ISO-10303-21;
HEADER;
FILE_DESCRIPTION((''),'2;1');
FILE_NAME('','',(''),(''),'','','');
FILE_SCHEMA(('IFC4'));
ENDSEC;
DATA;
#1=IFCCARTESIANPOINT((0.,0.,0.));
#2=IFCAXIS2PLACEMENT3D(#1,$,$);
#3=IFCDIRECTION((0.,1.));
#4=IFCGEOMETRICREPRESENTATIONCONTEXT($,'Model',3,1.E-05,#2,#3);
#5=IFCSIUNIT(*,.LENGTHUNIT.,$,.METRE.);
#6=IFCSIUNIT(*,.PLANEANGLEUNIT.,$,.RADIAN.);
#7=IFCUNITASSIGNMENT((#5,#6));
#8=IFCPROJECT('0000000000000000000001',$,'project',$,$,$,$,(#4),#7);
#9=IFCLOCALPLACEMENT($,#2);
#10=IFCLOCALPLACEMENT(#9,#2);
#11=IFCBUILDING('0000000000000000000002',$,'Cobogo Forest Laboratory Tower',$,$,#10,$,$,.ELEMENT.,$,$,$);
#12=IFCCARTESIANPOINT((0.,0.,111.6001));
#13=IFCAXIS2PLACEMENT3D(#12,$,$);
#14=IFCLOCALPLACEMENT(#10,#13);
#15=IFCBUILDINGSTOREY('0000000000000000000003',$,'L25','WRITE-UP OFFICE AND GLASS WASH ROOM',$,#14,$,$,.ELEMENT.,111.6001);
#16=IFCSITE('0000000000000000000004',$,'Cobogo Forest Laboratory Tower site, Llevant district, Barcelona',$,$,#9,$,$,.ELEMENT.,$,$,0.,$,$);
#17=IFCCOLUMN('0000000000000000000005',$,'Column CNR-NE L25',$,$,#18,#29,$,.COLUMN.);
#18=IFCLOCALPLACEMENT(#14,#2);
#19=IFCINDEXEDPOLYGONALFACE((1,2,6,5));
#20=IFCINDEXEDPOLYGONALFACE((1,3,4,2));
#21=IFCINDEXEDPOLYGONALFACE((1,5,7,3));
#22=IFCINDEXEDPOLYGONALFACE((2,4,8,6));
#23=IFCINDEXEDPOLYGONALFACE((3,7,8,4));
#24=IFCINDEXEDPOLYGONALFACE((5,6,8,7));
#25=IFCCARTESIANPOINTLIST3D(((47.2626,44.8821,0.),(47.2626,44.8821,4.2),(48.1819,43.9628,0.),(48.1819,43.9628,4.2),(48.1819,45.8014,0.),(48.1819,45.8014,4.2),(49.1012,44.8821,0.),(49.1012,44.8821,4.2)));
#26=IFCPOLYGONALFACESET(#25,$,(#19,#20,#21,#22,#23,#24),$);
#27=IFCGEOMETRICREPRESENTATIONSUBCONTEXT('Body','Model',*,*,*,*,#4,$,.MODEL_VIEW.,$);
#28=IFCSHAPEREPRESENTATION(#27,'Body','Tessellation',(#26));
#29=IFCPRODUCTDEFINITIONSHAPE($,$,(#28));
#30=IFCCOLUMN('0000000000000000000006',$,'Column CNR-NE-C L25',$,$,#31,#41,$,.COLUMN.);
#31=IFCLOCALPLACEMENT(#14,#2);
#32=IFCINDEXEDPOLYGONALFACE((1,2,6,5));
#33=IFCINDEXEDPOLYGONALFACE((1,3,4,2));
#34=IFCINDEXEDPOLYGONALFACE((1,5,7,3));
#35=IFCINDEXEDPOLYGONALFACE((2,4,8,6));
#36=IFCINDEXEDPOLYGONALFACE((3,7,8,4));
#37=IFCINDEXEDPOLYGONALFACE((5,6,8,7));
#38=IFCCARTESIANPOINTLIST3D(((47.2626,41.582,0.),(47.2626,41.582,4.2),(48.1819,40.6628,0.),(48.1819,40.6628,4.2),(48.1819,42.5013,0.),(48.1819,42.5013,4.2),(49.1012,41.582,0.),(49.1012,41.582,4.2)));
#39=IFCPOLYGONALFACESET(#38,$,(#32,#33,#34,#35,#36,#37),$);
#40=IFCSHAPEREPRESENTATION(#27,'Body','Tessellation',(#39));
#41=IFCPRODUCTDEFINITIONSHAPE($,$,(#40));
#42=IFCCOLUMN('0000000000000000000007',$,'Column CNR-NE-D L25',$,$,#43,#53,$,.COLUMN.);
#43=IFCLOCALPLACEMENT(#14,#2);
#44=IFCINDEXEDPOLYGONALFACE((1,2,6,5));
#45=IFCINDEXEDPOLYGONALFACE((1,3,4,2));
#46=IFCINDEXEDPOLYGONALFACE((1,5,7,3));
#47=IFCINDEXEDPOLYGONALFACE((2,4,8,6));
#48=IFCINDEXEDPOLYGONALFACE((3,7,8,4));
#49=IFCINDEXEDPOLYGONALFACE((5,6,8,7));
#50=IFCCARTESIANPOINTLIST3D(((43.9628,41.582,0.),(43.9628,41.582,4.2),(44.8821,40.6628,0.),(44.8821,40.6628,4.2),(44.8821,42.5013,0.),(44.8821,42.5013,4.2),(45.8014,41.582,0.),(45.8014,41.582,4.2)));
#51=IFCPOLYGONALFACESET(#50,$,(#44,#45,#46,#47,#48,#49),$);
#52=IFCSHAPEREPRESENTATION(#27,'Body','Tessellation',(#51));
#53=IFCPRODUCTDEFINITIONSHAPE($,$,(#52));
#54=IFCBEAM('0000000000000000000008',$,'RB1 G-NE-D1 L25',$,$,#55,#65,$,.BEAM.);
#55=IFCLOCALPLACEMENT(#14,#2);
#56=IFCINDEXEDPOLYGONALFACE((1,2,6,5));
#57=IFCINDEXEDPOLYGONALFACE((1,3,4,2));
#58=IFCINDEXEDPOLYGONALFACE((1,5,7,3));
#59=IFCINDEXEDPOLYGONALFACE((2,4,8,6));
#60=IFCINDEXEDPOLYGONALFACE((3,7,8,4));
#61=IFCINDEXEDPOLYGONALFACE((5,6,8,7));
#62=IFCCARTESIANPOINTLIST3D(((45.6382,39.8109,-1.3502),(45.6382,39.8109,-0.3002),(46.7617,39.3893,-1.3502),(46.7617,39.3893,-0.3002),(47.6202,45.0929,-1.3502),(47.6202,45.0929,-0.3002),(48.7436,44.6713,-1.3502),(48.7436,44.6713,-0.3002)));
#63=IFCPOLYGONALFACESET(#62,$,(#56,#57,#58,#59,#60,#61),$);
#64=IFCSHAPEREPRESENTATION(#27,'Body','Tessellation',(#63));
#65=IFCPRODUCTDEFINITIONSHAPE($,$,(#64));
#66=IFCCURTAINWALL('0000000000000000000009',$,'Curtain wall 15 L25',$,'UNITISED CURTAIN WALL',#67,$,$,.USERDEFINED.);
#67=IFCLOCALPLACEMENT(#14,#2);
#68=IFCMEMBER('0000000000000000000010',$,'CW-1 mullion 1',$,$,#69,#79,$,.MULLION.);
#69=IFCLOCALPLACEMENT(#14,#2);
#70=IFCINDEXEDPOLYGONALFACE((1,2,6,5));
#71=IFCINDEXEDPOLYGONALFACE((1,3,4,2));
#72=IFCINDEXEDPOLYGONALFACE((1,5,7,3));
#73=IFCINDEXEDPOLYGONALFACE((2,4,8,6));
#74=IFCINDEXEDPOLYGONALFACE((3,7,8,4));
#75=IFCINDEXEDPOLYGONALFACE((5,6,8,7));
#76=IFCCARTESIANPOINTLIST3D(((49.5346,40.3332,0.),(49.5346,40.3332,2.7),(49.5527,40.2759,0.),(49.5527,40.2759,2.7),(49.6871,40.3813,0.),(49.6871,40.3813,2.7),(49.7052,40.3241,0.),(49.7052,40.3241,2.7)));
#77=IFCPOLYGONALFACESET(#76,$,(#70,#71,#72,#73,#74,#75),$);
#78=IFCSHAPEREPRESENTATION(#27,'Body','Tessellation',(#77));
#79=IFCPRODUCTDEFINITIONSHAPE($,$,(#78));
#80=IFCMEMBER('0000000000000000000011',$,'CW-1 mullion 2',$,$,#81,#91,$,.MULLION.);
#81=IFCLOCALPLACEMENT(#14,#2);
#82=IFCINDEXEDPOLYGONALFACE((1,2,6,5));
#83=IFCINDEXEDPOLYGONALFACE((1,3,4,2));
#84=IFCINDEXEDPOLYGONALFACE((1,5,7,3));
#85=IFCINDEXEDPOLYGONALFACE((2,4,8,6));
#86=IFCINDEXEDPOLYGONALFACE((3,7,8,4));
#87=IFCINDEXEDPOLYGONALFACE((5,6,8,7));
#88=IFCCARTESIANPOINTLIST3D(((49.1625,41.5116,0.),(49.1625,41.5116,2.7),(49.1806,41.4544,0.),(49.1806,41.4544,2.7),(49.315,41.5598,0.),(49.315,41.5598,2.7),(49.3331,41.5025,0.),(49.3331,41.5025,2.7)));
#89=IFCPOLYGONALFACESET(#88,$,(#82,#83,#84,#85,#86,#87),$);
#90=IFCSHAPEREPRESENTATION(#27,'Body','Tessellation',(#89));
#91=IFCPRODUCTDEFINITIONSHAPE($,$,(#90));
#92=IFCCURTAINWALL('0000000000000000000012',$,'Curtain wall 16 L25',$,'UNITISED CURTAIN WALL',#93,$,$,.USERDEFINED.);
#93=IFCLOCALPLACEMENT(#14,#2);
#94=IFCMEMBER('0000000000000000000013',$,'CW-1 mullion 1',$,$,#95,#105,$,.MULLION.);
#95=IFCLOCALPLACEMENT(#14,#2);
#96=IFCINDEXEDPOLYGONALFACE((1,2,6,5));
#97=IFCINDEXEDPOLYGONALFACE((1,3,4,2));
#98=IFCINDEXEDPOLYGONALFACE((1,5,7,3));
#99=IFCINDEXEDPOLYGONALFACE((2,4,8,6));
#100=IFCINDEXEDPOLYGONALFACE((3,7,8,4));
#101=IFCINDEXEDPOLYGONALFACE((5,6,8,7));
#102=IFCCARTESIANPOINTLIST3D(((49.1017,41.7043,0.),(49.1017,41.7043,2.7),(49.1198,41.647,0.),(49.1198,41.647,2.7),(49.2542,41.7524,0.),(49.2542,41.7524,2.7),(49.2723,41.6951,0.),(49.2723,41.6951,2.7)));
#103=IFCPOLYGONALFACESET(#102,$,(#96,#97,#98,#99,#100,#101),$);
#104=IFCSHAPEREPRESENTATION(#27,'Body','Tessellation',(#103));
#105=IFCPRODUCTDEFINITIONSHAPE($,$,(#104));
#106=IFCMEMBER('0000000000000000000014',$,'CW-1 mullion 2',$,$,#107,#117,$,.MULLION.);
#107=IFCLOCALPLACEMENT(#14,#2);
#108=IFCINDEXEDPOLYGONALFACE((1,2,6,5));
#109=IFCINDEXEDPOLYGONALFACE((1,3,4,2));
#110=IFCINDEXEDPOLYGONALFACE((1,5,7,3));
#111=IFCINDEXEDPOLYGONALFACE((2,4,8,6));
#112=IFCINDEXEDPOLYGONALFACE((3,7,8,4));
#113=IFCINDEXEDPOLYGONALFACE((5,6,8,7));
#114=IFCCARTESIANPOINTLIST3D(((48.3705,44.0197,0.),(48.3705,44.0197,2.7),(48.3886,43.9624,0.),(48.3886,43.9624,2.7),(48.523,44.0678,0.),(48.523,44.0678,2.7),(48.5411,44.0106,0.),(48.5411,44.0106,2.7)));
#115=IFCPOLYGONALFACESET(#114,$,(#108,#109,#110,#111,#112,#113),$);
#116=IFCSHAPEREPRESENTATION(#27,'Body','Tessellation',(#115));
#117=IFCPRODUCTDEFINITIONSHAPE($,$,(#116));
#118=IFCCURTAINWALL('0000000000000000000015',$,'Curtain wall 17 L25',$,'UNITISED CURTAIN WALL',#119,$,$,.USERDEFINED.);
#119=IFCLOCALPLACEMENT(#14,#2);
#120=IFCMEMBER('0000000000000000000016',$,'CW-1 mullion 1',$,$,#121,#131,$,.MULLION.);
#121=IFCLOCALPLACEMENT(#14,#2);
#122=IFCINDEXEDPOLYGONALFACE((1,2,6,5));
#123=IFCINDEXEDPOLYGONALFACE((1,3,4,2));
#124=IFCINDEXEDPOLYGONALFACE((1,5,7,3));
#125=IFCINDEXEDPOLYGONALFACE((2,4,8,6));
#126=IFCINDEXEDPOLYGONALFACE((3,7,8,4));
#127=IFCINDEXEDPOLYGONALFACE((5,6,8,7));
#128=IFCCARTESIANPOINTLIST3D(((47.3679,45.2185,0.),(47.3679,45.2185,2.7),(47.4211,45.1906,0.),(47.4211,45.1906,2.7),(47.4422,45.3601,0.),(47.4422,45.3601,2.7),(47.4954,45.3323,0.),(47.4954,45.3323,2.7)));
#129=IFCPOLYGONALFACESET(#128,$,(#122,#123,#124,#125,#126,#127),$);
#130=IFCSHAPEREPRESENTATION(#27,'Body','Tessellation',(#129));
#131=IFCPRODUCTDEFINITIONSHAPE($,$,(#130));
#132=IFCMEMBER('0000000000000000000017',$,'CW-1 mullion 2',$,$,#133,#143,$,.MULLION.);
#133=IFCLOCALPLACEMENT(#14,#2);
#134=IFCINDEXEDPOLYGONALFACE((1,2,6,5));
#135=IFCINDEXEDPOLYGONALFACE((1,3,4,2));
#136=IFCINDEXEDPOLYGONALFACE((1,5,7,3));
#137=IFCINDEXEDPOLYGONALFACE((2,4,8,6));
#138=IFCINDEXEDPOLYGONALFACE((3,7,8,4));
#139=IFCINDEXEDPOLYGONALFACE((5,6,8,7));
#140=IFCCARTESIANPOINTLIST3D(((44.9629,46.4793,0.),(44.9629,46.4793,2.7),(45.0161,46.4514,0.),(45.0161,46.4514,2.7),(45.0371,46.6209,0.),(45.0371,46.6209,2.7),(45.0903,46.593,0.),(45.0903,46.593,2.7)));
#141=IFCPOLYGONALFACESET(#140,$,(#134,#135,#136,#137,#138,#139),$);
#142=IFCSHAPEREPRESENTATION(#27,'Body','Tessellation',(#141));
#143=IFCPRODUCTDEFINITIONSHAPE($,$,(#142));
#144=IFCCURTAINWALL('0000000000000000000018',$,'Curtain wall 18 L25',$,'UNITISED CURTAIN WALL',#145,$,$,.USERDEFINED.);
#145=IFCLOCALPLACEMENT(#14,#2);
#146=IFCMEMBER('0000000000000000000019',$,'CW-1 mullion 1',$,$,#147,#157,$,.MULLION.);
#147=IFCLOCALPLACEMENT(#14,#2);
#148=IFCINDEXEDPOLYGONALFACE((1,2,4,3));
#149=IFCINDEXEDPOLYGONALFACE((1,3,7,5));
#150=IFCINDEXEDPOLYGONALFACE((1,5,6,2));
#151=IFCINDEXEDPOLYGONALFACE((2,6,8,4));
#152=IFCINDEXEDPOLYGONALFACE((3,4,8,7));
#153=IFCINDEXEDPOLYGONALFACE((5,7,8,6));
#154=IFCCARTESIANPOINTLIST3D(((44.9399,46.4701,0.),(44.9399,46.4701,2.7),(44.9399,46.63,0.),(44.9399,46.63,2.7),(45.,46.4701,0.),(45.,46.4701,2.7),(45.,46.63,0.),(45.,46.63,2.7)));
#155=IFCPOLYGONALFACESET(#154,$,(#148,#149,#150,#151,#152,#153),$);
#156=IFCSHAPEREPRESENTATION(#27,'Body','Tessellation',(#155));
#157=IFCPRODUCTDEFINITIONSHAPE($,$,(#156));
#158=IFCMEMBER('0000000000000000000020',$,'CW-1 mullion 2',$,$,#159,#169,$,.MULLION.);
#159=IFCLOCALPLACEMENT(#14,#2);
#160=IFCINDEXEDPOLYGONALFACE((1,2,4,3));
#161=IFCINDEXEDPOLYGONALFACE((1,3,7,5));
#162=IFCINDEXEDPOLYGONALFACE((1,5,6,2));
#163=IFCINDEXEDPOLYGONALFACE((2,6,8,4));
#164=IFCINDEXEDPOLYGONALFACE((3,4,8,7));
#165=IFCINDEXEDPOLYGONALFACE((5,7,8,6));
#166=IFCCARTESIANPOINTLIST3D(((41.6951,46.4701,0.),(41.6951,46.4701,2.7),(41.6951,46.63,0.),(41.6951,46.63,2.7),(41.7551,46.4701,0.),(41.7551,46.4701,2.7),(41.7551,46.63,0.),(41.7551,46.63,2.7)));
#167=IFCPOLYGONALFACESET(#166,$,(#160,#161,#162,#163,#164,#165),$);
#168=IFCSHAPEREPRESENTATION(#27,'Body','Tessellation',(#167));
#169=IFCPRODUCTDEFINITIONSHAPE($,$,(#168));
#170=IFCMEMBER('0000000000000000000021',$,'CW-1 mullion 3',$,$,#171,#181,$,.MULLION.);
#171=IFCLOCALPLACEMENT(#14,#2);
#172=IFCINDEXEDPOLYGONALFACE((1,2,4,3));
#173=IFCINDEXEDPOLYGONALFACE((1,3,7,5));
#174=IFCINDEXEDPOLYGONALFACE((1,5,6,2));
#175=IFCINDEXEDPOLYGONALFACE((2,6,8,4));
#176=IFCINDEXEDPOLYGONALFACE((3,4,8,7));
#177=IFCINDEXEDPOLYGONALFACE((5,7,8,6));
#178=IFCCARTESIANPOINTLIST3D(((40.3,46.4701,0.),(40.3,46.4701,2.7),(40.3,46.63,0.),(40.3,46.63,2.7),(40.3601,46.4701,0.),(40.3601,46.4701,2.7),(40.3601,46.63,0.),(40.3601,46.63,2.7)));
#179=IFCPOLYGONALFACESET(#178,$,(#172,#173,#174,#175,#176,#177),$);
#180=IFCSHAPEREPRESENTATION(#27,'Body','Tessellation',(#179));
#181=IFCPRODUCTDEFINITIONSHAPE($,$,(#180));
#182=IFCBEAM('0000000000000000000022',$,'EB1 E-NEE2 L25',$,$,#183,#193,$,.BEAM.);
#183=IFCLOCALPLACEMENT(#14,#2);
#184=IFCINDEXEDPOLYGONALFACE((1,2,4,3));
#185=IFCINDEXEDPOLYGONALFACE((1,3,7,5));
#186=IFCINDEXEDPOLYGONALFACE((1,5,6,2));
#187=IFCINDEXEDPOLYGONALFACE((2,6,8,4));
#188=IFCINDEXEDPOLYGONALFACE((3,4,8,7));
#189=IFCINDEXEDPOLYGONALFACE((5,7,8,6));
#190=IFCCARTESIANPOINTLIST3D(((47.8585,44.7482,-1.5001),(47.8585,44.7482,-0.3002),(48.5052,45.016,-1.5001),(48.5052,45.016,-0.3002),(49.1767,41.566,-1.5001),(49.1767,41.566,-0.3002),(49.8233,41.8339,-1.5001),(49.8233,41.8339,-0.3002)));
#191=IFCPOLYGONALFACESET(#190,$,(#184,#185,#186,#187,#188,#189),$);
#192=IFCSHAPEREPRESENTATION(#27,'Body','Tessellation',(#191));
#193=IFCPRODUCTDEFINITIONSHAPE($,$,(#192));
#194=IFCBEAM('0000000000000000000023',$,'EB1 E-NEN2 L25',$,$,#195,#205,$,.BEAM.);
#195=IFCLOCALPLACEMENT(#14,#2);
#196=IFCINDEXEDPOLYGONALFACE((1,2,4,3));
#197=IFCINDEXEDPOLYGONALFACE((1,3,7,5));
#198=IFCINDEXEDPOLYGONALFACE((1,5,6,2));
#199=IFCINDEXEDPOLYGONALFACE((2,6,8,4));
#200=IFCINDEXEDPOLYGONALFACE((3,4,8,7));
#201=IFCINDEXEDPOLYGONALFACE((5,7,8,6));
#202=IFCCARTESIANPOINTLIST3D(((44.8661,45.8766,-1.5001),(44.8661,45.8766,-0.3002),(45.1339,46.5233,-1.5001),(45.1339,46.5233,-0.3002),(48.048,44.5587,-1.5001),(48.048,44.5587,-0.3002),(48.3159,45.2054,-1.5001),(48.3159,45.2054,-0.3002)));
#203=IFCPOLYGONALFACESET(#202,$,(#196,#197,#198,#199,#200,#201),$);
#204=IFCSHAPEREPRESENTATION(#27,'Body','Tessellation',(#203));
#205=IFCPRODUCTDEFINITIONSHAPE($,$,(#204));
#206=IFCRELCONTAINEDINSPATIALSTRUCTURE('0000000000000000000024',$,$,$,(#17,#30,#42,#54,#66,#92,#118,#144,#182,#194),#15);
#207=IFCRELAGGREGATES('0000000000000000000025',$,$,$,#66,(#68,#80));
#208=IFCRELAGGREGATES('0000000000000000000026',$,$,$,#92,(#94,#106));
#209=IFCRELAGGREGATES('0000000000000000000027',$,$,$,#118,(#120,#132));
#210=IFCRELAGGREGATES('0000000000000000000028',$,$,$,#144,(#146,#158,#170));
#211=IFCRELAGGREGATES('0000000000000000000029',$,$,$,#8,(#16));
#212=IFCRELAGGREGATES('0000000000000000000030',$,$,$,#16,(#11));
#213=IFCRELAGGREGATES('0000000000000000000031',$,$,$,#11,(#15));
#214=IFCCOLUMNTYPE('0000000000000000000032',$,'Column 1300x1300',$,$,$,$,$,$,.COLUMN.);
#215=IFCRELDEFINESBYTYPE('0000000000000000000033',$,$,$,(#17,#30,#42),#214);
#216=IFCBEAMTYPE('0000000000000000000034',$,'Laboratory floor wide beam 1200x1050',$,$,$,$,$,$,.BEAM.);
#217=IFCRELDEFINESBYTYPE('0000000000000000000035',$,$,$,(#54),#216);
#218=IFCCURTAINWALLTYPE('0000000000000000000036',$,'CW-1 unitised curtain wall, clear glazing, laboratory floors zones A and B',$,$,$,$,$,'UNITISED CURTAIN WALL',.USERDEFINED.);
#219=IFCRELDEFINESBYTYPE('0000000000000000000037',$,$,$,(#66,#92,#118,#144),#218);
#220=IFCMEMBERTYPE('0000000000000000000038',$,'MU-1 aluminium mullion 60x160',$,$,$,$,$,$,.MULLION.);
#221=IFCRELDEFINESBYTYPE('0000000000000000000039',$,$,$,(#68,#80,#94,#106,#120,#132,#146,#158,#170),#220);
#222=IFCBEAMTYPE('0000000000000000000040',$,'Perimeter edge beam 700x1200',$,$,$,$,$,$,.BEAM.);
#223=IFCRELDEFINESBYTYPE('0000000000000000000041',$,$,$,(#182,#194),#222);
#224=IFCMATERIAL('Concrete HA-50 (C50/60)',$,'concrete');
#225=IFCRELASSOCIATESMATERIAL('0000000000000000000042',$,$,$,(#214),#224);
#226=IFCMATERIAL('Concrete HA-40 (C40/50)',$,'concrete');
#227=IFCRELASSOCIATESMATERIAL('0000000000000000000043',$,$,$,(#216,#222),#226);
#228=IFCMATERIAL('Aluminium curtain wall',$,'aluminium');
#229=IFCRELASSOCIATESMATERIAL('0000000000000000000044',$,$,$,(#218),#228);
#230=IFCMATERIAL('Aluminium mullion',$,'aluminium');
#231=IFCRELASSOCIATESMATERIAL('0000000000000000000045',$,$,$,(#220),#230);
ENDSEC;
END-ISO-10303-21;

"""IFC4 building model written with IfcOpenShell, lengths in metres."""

from ifc_helpers import new_model, si_unit, direction, frame, origin, origin_2d, place, context, subcontext, project, spatial, rectangle, extrude, material, material_profile, profile_set, type_object, element, aggregate, save


model = new_model("IFC4")

# Units and contexts
model_context = context("Model", 3, precision=1e-05, world=origin(), true_north=direction((0.0, 1.0)))
body_context = subcontext(model_context, "Body", "Model", "MODEL_VIEW")
ifc_project = project(units=[si_unit("LENGTHUNIT", "METRE"), si_unit("PLANEANGLEUNIT", "RADIAN")], contexts=[model_context])

# Site, building, storey
site_placement = place(None, origin())
site = spatial("IfcSite", under=ifc_project, at=site_placement, Name="Cobogo Forest Laboratory Tower site, Llevant district, Barcelona", CompositionType="ELEMENT", RefElevation=0.0)
building_placement = place(site_placement, origin())
building = spatial("IfcBuilding", under=site, at=building_placement, Name="Cobogo Forest Laboratory Tower", CompositionType="ELEMENT")
storey_placement = place(building_placement, frame((0.0, 0.0, 111.6001)))
storey = spatial("IfcBuildingStorey", under=building, at=storey_placement, Name="L25", Description="WRITE-UP OFFICE AND GLASS WASH ROOM", CompositionType="ELEMENT", Elevation=111.6001)

# Columns
ifc_material_1 = material(Name="Concrete HA-50 (C50/60)", Category="concrete")
ifc_material_profile_1 = material_profile(ifc_material_1, rectangle(XDim=1.3, YDim=1.3, at=origin_2d()), Name="RC 1300x1300")
ifc_profile_set_1 = profile_set([ifc_material_profile_1], Name="Concrete HA-50 (C50/60)")
column_type = type_object("IfcColumnType", Name="Column 1300x1300", PredefinedType="COLUMN", material=ifc_profile_set_1)
for number, where, z_axis, x_axis, name in (
    (1, (48.1819, 44.8821, 0.0), (0.0, 0.0, 1.0), (0.707107, 0.707107, 0.0), "Column CNR-NE L25"),
    (2, (48.1819, 41.582, 0.0), (0.0, 0.0, 1.0), (0.707107, 0.707107, 0.0), "Column CNR-NE-C L25"),
    (3, (44.8821, 41.582, 0.0), (0.0, 0.0, 1.0), (0.707107, 0.707107, 0.0), "Column CNR-NE-D L25"),
):
    element("IfcColumn", number, at=place(storey_placement, frame(where, z_axis=z_axis, x_axis=x_axis)), inside=storey, type_object=column_type, Name=name, PredefinedType="COLUMN", context=body_context, shape_type="SweptSolid", body=[
        extrude(rectangle(XDim=1.3, YDim=1.3, at=origin_2d()), origin(), (0.0, 0.0, 1.0), 4.2),
    ])

# Beam
ifc_material_2 = material(Name="Concrete HA-40 (C40/50)", Category="concrete")
ifc_material_profile_2 = material_profile(ifc_material_2, rectangle(XDim=1.2, YDim=1.05, at=origin_2d()), Name="RC 1200x1050")
ifc_profile_set_2 = profile_set([ifc_material_profile_2], Name="Concrete HA-40 (C40/50)")
beam_type_1 = type_object("IfcBeamType", Name="Laboratory floor wide beam 1200x1050", PredefinedType="BEAM", material=ifc_profile_set_2)
beam_1_placement = place(storey_placement, frame((48.1819, 44.8821, -0.8252), z_axis=(-0.351308, -0.93626, 0.0), x_axis=(0.93626, -0.351308, 0.0)))
element("IfcBeam", 4, at=beam_1_placement, inside=storey, type_object=beam_type_1, Name="RB1 G-NE-D1 L25", PredefinedType="BEAM", context=body_context, shape_type="SweptSolid", body=[
    extrude(rectangle(XDim=1.2, YDim=1.05, at=origin_2d()), origin(), (0.0, 0.0, 1.0), 5.6416),
])

# Curtain walls, members
ifc_material_3 = material(Name="Aluminium curtain wall", Category="aluminium")
curtain_wall_type = type_object("IfcCurtainWallType", Name="CW-1 unitised curtain wall, clear glazing, laboratory floors zones A and B", ElementType="UNITISED CURTAIN WALL", PredefinedType="USERDEFINED", material=ifc_material_3)
curtain_wall_1_placement = place(storey_placement, origin())
curtain_wall_1 = element("IfcCurtainWall", 5, at=curtain_wall_1_placement, inside=storey, type_object=curtain_wall_type, Name="Curtain wall 15 L25", ObjectType="UNITISED CURTAIN WALL", PredefinedType="USERDEFINED")
ifc_material_4 = material(Name="Aluminium mullion", Category="aluminium")
ifc_material_profile_3 = material_profile(ifc_material_4, rectangle(XDim=0.0601, YDim=0.1599, at=origin_2d()), Name="AL 60x160")
ifc_profile_set_3 = profile_set([ifc_material_profile_3], Name="Aluminium mullion")
member_type_1 = type_object("IfcMemberType", Name="MU-1 aluminium mullion 60x160", PredefinedType="MULLION", material=ifc_profile_set_3)
member_1_placement = place(storey_placement, frame((49.6199, 40.3286, 0.0), z_axis=(0.0, 0.0, 1.0), x_axis=(-0.301135, 0.953581, 0.0)))
member_1 = element("IfcMember", 6, at=member_1_placement, type_object=member_type_1, Name="CW-1 mullion 1", PredefinedType="MULLION", context=body_context, shape_type="SweptSolid", body=[
    extrude(rectangle(XDim=0.0601, YDim=0.1599, at=origin_2d()), origin(), (0.0, 0.0, 1.0), 2.7),
])
member_2_placement = place(storey_placement, frame((49.2478, 41.5071, 0.0), z_axis=(0.0, 0.0, 1.0), x_axis=(-0.301135, 0.953581, 0.0)))
member_2 = element("IfcMember", 7, at=member_2_placement, type_object=member_type_1, Name="CW-1 mullion 2", PredefinedType="MULLION", context=body_context, shape_type="SweptSolid", body=[
    extrude(rectangle(XDim=0.0601, YDim=0.1599, at=origin_2d()), origin(), (0.0, 0.0, 1.0), 2.7),
])
curtain_wall_2_placement = place(storey_placement, origin())
curtain_wall_2 = element("IfcCurtainWall", 8, at=curtain_wall_2_placement, inside=storey, type_object=curtain_wall_type, Name="Curtain wall 16 L25", ObjectType="UNITISED CURTAIN WALL", PredefinedType="USERDEFINED")
member_3_placement = place(storey_placement, frame((49.187, 41.6997, 0.0), z_axis=(0.0, 0.0, 1.0), x_axis=(-0.301135, 0.953581, 0.0)))
member_3 = element("IfcMember", 9, at=member_3_placement, type_object=member_type_1, Name="CW-1 mullion 1", PredefinedType="MULLION", context=body_context, shape_type="SweptSolid", body=[
    extrude(rectangle(XDim=0.0601, YDim=0.1599, at=origin_2d()), origin(), (0.0, 0.0, 1.0), 2.7),
])
member_4_placement = place(storey_placement, frame((48.4558, 44.0151, 0.0), z_axis=(0.0, 0.0, 1.0), x_axis=(-0.301135, 0.953581, 0.0)))
member_4 = element("IfcMember", 10, at=member_4_placement, type_object=member_type_1, Name="CW-1 mullion 2", PredefinedType="MULLION", context=body_context, shape_type="SweptSolid", body=[
    extrude(rectangle(XDim=0.0601, YDim=0.1599, at=origin_2d()), origin(), (0.0, 0.0, 1.0), 2.7),
])
curtain_wall_3_placement = place(storey_placement, origin())
curtain_wall_3 = element("IfcCurtainWall", 11, at=curtain_wall_3_placement, inside=storey, type_object=curtain_wall_type, Name="Curtain wall 17 L25", ObjectType="UNITISED CURTAIN WALL", PredefinedType="USERDEFINED")
member_5_placement = place(storey_placement, frame((47.4316, 45.2754, 0.0), z_axis=(0.0, 0.0, 1.0), x_axis=(-0.885687, 0.464284, 0.0)))
member_5 = element("IfcMember", 12, at=member_5_placement, type_object=member_type_1, Name="CW-1 mullion 1", PredefinedType="MULLION", context=body_context, shape_type="SweptSolid", body=[
    extrude(rectangle(XDim=0.0601, YDim=0.1599, at=origin_2d()), origin(), (0.0, 0.0, 1.0), 2.7),
])
member_6_placement = place(storey_placement, frame((45.0266, 46.5361, 0.0), z_axis=(0.0, 0.0, 1.0), x_axis=(-0.885687, 0.464284, 0.0)))
member_6 = element("IfcMember", 13, at=member_6_placement, type_object=member_type_1, Name="CW-1 mullion 2", PredefinedType="MULLION", context=body_context, shape_type="SweptSolid", body=[
    extrude(rectangle(XDim=0.0601, YDim=0.1599, at=origin_2d()), origin(), (0.0, 0.0, 1.0), 2.7),
])
curtain_wall_4_placement = place(storey_placement, origin())
curtain_wall_4 = element("IfcCurtainWall", 14, at=curtain_wall_4_placement, inside=storey, type_object=curtain_wall_type, Name="Curtain wall 18 L25", ObjectType="UNITISED CURTAIN WALL", PredefinedType="USERDEFINED")
member_7_placement = place(storey_placement, frame((44.97, 46.55, 0.0), z_axis=(0.0, 0.0, 1.0), x_axis=(-1.0, 0.0, 0.0)))
member_7 = element("IfcMember", 15, at=member_7_placement, type_object=member_type_1, Name="CW-1 mullion 1", PredefinedType="MULLION", context=body_context, shape_type="SweptSolid", body=[
    extrude(rectangle(XDim=0.0601, YDim=0.1599, at=origin_2d()), origin(), (0.0, 0.0, 1.0), 2.7),
])
member_8_placement = place(storey_placement, frame((41.7251, 46.55, 0.0), z_axis=(0.0, 0.0, 1.0), x_axis=(-1.0, 0.0, 0.0)))
member_8 = element("IfcMember", 16, at=member_8_placement, type_object=member_type_1, Name="CW-1 mullion 2", PredefinedType="MULLION", context=body_context, shape_type="SweptSolid", body=[
    extrude(rectangle(XDim=0.0601, YDim=0.1599, at=origin_2d()), origin(), (0.0, 0.0, 1.0), 2.7),
])
member_9_placement = place(storey_placement, frame((40.3301, 46.55, 0.0), z_axis=(0.0, 0.0, 1.0), x_axis=(-1.0, 0.0, 0.0)))
member_9 = element("IfcMember", 17, at=member_9_placement, type_object=member_type_1, Name="CW-1 mullion 3", PredefinedType="MULLION", context=body_context, shape_type="SweptSolid", body=[
    extrude(rectangle(XDim=0.0601, YDim=0.1599, at=origin_2d()), origin(), (0.0, 0.0, 1.0), 2.7),
])

# Beams
ifc_material_profile_4 = material_profile(ifc_material_2, rectangle(XDim=0.7, YDim=1.2, at=origin_2d()), Name="RC 700x1200")
ifc_profile_set_4 = profile_set([ifc_material_profile_4], Name="Concrete HA-40 (C40/50)")
beam_type_2 = type_object("IfcBeamType", Name="Perimeter edge beam 700x1200", PredefinedType="BEAM", material=ifc_profile_set_4)
beam_2_placement = place(storey_placement, frame((49.5, 41.7, -0.9001), z_axis=(-0.382692, 0.923876, 0.0), x_axis=(-0.923876, -0.382692, 0.0)))
element("IfcBeam", 18, at=beam_2_placement, inside=storey, type_object=beam_type_2, Name="EB1 E-NEE2 L25", PredefinedType="BEAM", context=body_context, shape_type="SweptSolid", body=[
    extrude(rectangle(XDim=0.7, YDim=1.2, at=origin_2d()), origin(), (0.0, 0.0, 1.0), 3.4443),
])
beam_3_placement = place(storey_placement, frame((45.0, 46.2, -0.9001), z_axis=(0.923891, -0.382656, 0.0), x_axis=(0.382656, 0.923891, 0.0)))
element("IfcBeam", 19, at=beam_3_placement, inside=storey, type_object=beam_type_2, Name="EB1 E-NEN2 L25", PredefinedType="BEAM", context=body_context, shape_type="SweptSolid", body=[
    extrude(rectangle(XDim=0.7, YDim=1.2, at=origin_2d()), origin(), (0.0, 0.0, 1.0), 3.4441),
])

aggregate(curtain_wall_1, [member_1, member_2])
aggregate(curtain_wall_2, [member_3, member_4])
aggregate(curtain_wall_3, [member_5, member_6])
aggregate(curtain_wall_4, [member_7, member_8, member_9])

save(model, "model.ifc")
